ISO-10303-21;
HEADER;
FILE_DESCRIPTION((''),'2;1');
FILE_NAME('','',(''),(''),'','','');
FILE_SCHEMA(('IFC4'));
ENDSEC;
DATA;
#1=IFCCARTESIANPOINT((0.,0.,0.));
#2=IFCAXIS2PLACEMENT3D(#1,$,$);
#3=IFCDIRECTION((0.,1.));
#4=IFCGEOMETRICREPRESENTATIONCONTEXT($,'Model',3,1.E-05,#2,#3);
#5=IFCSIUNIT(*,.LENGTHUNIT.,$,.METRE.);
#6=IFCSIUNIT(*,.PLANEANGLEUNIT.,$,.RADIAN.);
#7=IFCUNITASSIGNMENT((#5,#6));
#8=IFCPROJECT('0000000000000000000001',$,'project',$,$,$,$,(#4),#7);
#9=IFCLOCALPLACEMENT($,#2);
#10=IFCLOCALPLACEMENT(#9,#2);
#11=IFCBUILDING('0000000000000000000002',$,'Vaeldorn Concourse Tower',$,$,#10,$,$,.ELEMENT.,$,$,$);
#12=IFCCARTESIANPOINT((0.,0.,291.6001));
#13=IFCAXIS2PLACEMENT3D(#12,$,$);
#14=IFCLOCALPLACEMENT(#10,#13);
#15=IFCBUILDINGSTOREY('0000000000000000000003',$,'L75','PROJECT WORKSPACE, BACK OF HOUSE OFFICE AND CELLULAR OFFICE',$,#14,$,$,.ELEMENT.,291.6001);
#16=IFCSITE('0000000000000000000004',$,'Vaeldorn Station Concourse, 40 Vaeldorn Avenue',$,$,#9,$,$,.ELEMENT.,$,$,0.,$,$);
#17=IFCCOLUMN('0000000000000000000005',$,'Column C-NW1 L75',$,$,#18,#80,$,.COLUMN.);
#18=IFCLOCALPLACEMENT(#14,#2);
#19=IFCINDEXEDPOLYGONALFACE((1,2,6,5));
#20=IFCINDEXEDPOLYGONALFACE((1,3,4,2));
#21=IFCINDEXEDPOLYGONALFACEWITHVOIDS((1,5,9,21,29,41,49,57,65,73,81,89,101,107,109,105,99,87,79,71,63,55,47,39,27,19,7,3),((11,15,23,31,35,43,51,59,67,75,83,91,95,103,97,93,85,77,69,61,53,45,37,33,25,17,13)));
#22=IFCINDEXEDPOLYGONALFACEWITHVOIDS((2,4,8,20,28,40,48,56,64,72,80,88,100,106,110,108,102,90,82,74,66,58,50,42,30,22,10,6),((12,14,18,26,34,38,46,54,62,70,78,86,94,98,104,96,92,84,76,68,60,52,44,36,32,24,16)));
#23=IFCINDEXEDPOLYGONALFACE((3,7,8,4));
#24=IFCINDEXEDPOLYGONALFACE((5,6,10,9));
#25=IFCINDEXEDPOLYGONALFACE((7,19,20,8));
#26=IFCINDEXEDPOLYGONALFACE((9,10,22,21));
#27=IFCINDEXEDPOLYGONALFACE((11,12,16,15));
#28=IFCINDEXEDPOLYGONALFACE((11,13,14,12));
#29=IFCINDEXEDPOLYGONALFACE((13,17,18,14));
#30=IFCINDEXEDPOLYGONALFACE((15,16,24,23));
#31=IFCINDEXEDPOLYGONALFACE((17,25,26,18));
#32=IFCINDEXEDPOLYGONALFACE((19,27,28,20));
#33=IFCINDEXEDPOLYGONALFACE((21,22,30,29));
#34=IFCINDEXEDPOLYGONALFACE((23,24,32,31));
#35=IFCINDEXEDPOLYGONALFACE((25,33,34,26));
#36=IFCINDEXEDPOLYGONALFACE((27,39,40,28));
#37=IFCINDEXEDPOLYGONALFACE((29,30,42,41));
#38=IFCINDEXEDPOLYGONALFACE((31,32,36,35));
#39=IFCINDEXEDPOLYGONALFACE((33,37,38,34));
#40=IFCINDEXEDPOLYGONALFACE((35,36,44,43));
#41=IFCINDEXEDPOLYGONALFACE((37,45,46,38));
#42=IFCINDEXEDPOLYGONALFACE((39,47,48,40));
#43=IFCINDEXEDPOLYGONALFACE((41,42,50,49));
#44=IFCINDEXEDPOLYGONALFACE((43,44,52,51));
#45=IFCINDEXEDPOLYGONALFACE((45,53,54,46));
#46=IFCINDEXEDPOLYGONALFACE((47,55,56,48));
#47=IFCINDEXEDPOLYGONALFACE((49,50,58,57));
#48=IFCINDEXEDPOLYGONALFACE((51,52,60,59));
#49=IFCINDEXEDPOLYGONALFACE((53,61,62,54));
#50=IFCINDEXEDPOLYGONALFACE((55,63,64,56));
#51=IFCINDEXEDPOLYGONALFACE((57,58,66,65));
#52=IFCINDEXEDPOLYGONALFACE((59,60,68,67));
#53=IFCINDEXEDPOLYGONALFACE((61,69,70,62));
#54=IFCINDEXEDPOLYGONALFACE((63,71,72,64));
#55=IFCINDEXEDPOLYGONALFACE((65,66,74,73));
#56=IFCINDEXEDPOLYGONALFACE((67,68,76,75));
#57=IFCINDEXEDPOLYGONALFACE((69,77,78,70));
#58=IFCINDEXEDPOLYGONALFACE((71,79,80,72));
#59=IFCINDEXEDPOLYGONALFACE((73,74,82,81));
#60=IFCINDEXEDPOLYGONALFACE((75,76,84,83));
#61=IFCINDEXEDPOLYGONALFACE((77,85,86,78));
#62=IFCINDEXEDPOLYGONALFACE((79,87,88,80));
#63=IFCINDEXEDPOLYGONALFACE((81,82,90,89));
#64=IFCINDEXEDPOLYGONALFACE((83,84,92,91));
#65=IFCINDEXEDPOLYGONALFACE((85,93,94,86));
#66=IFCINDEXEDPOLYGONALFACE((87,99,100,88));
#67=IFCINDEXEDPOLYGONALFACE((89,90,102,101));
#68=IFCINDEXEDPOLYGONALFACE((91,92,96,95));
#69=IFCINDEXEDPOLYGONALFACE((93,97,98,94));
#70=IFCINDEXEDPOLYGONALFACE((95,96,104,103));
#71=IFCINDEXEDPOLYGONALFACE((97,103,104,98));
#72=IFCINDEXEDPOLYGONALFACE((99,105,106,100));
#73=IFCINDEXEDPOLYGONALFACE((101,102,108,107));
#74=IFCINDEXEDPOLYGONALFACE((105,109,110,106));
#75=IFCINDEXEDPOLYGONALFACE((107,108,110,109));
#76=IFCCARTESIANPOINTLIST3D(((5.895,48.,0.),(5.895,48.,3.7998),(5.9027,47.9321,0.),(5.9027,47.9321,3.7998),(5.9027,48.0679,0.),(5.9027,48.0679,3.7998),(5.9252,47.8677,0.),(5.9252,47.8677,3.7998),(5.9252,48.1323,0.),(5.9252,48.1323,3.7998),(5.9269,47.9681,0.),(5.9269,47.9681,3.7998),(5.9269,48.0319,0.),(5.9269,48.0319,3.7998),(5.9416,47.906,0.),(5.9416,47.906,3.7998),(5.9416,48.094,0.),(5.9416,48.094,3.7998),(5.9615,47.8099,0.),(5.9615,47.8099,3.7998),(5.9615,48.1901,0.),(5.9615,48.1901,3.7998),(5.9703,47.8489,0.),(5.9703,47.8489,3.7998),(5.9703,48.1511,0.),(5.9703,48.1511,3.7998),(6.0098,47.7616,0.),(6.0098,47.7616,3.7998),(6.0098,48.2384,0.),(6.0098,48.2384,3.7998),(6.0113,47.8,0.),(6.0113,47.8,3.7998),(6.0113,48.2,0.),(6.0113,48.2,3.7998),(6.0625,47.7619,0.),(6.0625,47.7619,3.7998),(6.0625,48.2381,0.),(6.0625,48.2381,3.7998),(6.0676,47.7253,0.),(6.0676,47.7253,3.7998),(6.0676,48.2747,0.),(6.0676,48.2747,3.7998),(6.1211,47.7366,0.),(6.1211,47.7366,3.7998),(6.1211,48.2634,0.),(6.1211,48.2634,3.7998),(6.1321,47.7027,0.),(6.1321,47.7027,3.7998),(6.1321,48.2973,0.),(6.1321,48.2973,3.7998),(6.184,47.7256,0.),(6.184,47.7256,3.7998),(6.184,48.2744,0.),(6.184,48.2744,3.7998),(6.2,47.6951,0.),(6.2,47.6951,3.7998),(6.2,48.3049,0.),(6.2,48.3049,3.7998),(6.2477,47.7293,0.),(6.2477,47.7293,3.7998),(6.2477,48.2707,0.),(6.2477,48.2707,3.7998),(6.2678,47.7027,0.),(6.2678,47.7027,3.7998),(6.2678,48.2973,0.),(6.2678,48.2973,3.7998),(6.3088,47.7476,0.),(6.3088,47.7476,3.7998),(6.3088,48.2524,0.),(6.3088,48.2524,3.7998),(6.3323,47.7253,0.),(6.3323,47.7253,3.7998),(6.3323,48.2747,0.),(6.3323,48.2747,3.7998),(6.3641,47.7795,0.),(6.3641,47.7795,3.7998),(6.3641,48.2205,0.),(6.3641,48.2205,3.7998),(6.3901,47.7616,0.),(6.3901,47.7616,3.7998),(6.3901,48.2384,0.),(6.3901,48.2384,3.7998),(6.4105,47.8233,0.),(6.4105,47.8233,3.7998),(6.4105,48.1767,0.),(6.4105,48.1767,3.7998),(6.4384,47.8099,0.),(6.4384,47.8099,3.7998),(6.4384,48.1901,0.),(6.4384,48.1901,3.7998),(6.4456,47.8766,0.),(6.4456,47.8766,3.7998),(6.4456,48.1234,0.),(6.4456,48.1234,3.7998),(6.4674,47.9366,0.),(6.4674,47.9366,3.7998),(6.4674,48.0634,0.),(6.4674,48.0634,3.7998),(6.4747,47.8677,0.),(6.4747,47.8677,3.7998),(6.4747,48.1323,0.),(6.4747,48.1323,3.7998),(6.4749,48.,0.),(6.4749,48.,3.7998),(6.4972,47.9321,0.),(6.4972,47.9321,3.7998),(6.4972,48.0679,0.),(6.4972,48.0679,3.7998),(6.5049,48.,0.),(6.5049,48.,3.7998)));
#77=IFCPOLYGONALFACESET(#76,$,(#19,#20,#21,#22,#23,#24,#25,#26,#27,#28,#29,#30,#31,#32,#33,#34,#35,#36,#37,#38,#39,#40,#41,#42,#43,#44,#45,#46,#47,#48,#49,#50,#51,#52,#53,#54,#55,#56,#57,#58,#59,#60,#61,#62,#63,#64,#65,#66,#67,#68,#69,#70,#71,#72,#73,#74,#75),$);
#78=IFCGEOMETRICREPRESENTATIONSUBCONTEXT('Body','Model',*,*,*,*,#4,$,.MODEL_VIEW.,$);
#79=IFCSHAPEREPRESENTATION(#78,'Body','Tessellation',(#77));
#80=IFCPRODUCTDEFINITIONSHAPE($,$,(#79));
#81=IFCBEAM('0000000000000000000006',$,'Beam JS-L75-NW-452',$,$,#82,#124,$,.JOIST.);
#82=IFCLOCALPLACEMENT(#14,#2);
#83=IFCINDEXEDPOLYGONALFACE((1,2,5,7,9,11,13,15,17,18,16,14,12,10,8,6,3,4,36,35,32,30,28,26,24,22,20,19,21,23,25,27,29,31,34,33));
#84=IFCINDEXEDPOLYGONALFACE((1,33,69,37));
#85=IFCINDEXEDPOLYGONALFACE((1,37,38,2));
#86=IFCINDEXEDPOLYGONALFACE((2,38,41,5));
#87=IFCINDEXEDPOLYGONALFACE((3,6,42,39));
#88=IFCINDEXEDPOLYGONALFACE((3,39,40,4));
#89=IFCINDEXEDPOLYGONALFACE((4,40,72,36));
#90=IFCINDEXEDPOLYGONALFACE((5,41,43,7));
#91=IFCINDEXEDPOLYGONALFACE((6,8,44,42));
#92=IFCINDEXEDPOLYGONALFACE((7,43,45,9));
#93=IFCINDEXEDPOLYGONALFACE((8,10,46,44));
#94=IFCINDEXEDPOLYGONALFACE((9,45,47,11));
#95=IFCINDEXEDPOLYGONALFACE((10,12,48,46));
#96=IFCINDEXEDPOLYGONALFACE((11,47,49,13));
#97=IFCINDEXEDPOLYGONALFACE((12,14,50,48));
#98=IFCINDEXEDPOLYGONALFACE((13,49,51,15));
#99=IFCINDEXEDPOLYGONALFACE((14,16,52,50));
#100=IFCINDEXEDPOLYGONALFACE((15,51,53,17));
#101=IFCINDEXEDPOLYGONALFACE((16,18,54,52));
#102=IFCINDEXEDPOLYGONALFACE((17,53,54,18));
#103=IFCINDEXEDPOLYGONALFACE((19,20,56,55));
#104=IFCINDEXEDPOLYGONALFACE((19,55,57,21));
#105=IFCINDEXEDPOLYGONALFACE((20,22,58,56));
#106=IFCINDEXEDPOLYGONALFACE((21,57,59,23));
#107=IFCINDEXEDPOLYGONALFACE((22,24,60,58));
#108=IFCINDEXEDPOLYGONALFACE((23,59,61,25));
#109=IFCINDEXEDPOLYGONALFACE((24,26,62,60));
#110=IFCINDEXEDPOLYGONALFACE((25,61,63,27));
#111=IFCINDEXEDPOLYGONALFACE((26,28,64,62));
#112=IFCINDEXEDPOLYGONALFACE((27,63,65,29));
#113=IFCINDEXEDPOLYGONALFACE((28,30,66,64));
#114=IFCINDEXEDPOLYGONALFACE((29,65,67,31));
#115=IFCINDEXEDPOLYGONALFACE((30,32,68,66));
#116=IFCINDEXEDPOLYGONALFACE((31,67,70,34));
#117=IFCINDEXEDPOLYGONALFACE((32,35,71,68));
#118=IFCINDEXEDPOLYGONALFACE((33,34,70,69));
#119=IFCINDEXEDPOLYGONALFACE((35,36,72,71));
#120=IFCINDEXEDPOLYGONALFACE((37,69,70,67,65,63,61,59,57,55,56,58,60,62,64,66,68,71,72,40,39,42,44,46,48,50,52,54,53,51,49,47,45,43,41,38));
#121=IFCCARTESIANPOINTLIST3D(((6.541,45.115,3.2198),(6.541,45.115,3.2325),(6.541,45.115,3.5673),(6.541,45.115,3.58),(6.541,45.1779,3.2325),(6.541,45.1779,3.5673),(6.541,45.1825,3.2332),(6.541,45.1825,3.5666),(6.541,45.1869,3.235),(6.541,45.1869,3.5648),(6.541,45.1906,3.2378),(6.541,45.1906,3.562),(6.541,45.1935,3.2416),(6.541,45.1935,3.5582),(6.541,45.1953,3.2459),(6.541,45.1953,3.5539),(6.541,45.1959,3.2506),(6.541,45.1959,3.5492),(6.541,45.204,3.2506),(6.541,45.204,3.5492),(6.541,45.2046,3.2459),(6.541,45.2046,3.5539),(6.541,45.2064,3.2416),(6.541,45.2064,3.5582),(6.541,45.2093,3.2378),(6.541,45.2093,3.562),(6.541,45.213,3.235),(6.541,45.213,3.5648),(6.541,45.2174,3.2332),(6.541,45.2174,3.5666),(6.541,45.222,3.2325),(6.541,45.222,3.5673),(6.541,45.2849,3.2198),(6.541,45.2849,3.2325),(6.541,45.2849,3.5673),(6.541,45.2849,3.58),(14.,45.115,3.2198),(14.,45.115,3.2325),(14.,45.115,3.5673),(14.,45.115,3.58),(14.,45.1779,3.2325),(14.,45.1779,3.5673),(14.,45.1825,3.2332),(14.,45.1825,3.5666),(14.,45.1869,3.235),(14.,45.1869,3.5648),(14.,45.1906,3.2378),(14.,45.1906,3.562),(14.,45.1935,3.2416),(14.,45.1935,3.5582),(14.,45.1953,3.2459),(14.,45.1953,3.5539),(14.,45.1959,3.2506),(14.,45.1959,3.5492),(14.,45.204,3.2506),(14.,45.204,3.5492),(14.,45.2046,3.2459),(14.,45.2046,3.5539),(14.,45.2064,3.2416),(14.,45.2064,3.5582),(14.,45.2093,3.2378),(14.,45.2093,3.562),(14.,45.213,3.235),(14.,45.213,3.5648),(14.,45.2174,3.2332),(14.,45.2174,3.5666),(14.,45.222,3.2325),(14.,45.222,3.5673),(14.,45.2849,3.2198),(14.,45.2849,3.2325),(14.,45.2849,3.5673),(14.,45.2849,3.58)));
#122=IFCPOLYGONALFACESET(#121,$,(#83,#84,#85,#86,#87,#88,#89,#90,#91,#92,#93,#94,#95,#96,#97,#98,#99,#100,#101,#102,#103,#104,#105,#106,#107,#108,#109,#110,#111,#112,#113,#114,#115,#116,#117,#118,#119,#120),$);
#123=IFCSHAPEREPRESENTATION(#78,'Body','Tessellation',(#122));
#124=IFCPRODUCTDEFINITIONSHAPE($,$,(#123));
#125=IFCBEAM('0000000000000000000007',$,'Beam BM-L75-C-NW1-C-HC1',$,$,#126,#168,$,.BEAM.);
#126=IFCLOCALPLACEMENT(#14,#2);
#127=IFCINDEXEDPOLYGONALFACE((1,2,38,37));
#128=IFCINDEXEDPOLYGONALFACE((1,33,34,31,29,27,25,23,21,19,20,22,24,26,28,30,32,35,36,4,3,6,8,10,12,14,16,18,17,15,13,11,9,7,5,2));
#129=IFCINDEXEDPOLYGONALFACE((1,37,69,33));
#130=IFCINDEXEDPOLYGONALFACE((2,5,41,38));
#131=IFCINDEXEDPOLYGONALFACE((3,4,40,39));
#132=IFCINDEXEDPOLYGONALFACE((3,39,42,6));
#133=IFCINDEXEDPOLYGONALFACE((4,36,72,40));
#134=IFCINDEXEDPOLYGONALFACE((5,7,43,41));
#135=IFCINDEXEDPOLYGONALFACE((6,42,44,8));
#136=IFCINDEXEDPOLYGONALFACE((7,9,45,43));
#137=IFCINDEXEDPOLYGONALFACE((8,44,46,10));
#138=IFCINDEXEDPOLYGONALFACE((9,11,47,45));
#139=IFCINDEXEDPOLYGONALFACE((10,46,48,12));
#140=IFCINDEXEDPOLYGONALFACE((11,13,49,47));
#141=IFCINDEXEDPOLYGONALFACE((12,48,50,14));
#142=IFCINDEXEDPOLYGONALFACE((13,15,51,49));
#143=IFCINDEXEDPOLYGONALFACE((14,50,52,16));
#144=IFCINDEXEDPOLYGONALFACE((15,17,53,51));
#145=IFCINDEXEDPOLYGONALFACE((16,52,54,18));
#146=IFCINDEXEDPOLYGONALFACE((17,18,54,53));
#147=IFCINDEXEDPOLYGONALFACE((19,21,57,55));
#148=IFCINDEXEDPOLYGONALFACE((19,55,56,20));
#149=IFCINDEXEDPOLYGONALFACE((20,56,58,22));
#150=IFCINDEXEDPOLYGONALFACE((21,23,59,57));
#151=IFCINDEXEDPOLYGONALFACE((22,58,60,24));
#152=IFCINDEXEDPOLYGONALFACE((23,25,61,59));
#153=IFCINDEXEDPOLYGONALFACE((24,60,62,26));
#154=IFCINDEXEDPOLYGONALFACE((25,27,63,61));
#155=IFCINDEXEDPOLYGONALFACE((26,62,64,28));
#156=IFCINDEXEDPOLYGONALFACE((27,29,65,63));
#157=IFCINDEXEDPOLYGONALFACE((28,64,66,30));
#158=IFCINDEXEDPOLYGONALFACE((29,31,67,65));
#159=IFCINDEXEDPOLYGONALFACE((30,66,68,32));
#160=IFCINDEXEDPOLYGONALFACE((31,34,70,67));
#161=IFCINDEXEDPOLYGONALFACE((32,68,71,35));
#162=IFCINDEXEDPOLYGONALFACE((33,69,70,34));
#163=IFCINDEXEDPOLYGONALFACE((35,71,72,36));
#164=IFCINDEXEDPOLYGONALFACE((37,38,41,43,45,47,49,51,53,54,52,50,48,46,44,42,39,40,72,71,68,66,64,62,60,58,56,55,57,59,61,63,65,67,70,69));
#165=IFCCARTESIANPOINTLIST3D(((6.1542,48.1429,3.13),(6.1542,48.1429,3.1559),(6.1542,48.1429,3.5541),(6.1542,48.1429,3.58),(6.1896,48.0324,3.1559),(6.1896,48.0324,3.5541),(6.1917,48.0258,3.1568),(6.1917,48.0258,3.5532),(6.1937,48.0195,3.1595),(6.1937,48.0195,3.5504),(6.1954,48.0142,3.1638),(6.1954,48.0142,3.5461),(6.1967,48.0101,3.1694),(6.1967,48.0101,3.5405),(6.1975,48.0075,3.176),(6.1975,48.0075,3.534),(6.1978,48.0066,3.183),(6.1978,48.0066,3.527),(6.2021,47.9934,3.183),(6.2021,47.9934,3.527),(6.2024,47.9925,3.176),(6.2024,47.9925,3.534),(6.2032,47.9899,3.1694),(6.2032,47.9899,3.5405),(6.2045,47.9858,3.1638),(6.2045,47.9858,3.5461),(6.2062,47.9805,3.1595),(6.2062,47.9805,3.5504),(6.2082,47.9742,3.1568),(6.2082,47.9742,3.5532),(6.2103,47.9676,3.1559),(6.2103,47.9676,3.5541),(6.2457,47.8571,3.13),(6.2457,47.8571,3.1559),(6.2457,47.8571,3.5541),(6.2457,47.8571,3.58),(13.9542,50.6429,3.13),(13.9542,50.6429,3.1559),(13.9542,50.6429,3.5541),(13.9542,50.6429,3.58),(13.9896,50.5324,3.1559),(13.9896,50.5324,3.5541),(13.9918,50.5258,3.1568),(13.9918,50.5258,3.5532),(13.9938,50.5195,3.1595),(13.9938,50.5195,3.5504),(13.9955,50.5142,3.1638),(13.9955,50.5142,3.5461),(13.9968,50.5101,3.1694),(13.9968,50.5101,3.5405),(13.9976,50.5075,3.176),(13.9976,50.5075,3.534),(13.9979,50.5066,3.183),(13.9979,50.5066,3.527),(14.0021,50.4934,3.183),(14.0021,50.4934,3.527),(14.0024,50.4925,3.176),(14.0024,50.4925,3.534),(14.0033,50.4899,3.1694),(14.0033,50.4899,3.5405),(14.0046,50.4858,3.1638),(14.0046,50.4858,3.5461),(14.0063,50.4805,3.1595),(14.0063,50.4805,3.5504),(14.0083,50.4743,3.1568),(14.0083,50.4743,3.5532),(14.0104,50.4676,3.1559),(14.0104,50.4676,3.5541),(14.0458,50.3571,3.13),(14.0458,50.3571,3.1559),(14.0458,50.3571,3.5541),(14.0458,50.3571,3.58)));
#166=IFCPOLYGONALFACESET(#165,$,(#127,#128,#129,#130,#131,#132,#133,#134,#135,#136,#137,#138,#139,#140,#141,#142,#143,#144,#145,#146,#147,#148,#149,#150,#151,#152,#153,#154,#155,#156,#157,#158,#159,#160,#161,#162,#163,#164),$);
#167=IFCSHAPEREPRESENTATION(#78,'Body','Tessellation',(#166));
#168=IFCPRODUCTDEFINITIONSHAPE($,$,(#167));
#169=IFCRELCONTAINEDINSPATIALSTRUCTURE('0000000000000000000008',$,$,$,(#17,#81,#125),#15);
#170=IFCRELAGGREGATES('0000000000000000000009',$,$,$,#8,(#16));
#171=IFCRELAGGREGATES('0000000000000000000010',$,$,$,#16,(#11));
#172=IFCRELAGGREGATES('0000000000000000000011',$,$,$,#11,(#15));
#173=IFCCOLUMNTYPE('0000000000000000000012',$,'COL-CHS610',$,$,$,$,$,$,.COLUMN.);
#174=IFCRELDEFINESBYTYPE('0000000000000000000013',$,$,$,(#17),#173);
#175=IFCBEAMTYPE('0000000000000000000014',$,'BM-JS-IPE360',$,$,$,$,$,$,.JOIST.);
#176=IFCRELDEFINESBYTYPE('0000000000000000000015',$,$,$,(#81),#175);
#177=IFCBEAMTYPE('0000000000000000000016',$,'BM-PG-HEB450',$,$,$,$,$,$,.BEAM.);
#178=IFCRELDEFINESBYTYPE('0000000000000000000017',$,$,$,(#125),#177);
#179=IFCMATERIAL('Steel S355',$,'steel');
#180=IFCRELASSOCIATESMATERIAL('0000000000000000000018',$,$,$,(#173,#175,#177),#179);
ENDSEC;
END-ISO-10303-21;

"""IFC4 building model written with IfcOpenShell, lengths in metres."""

from ifc_helpers import new_model, si_unit, direction, frame, origin, origin_2d, place, context, subcontext, project, spatial, hollow_circle, i_section, extrude, source, transform, mapped, material, material_profile, profile_set, type_object, element, save


model = new_model("IFC4")

# Units and contexts
model_context = context("Model", 3, precision=1e-05, world=origin(), true_north=direction((0.0, 1.0)))
body_context = subcontext(model_context, "Body", "Model", "MODEL_VIEW")
ifc_project = project(units=[si_unit("LENGTHUNIT", "METRE"), si_unit("PLANEANGLEUNIT", "RADIAN")], contexts=[model_context])

# Site, building, storey
site_placement = place(None, origin())
site = spatial("IfcSite", under=ifc_project, at=site_placement, Name="Vaeldorn Station Concourse, 40 Vaeldorn Avenue", CompositionType="ELEMENT", RefElevation=0.0)
building_placement = place(site_placement, origin())
building = spatial("IfcBuilding", under=site, at=building_placement, Name="Vaeldorn Concourse Tower", CompositionType="ELEMENT")
storey_placement = place(building_placement, frame((0.0, 0.0, 291.6001)))
storey = spatial("IfcBuildingStorey", under=building, at=storey_placement, Name="L75", Description="PROJECT WORKSPACE, BACK OF HOUSE OFFICE AND CELLULAR OFFICE", CompositionType="ELEMENT", Elevation=291.6001)

# Column
ifc_material_1 = material(Name="Steel S355", Category="steel")
ifc_material_profile_1 = material_profile(ifc_material_1, hollow_circle(Radius=0.3049, WallThickness=0.03, at=origin_2d()), Name="CHS 610x30")
ifc_profile_set_1 = profile_set([ifc_material_profile_1], Name="Steel S355")
column_type = type_object("IfcColumnType", Name="COL-CHS610", PredefinedType="COLUMN", material=ifc_profile_set_1)
shared_shape_1 = source(origin(), body_context, "Body", "SweptSolid", [
    extrude(hollow_circle(Radius=0.3049, WallThickness=0.03, at=origin_2d()), origin(), (0.0, 0.0, 1.0), 3.7998),
])
column_placement = place(storey_placement, frame((6.2, 48.0, 0.0), z_axis=(0.0, 0.0, 1.0), x_axis=(1.0, 0.0, 0.0)))
element("IfcColumn", 1, at=column_placement, inside=storey, type_object=column_type, Name="Column C-NW1 L75", PredefinedType="COLUMN", context=body_context, shape_type="MappedRepresentation", body=[
    mapped(shared_shape_1, transform((0.0, 0.0, 0.0), scale=1.0)),
])

# Beams
ifc_material_profile_2 = material_profile(ifc_material_1, i_section(OverallWidth=0.1699, OverallDepth=0.3601, WebThickness=0.0081, FlangeThickness=0.0127, FilletRadius=0.0181, at=origin_2d()), Name="IPE 360")
ifc_profile_set_2 = profile_set([ifc_material_profile_2], Name="Steel S355")
beam_type_1 = type_object("IfcBeamType", Name="BM-JS-IPE360", PredefinedType="JOIST", material=ifc_profile_set_2)
shared_shape_2 = source(origin(), body_context, "Body", "SweptSolid", [
    extrude(i_section(OverallWidth=0.1699, OverallDepth=0.3601, WebThickness=0.0081, FlangeThickness=0.0127, FilletRadius=0.0181, at=origin_2d()), origin(), (0.0, 0.0, 1.0), 7.459),
])
beam_1_placement = place(storey_placement, frame((6.541, 45.2, 3.3999), z_axis=(1.0, 0.0, 0.0), x_axis=(0.0, 1.0, 0.0)))
element("IfcBeam", 2, at=beam_1_placement, inside=storey, type_object=beam_type_1, Name="Beam JS-L75-NW-452", PredefinedType="JOIST", context=body_context, shape_type="MappedRepresentation", body=[
    mapped(shared_shape_2, transform((0.0, 0.0, 0.0), scale=1.0)),
])
ifc_material_profile_3 = material_profile(ifc_material_1, i_section(OverallWidth=0.3, OverallDepth=0.45, WebThickness=0.0139, FlangeThickness=0.0259, FilletRadius=0.0271, at=origin_2d()), Name="HEB 450")
ifc_profile_set_3 = profile_set([ifc_material_profile_3], Name="Steel S355")
beam_type_2 = type_object("IfcBeamType", Name="BM-PG-HEB450", PredefinedType="BEAM", material=ifc_profile_set_3)
shared_shape_3 = source(origin(), body_context, "Body", "SweptSolid", [
    extrude(i_section(OverallWidth=0.3, OverallDepth=0.45, WebThickness=0.0139, FlangeThickness=0.0259, FilletRadius=0.0271, at=origin_2d()), origin(), (0.0, 0.0, 1.0), 8.1909),
])
beam_2_placement = place(storey_placement, frame((6.2, 48.0, 3.355), z_axis=(0.952283, 0.305217, 0.0), x_axis=(-0.305217, 0.952283, 0.0)))
element("IfcBeam", 3, at=beam_2_placement, inside=storey, type_object=beam_type_2, Name="Beam BM-L75-C-NW1-C-HC1", PredefinedType="BEAM", context=body_context, shape_type="MappedRepresentation", body=[
    mapped(shared_shape_3, transform((0.0, 0.0, 0.0), scale=1.0)),
])

save(model, "model.ifc")
